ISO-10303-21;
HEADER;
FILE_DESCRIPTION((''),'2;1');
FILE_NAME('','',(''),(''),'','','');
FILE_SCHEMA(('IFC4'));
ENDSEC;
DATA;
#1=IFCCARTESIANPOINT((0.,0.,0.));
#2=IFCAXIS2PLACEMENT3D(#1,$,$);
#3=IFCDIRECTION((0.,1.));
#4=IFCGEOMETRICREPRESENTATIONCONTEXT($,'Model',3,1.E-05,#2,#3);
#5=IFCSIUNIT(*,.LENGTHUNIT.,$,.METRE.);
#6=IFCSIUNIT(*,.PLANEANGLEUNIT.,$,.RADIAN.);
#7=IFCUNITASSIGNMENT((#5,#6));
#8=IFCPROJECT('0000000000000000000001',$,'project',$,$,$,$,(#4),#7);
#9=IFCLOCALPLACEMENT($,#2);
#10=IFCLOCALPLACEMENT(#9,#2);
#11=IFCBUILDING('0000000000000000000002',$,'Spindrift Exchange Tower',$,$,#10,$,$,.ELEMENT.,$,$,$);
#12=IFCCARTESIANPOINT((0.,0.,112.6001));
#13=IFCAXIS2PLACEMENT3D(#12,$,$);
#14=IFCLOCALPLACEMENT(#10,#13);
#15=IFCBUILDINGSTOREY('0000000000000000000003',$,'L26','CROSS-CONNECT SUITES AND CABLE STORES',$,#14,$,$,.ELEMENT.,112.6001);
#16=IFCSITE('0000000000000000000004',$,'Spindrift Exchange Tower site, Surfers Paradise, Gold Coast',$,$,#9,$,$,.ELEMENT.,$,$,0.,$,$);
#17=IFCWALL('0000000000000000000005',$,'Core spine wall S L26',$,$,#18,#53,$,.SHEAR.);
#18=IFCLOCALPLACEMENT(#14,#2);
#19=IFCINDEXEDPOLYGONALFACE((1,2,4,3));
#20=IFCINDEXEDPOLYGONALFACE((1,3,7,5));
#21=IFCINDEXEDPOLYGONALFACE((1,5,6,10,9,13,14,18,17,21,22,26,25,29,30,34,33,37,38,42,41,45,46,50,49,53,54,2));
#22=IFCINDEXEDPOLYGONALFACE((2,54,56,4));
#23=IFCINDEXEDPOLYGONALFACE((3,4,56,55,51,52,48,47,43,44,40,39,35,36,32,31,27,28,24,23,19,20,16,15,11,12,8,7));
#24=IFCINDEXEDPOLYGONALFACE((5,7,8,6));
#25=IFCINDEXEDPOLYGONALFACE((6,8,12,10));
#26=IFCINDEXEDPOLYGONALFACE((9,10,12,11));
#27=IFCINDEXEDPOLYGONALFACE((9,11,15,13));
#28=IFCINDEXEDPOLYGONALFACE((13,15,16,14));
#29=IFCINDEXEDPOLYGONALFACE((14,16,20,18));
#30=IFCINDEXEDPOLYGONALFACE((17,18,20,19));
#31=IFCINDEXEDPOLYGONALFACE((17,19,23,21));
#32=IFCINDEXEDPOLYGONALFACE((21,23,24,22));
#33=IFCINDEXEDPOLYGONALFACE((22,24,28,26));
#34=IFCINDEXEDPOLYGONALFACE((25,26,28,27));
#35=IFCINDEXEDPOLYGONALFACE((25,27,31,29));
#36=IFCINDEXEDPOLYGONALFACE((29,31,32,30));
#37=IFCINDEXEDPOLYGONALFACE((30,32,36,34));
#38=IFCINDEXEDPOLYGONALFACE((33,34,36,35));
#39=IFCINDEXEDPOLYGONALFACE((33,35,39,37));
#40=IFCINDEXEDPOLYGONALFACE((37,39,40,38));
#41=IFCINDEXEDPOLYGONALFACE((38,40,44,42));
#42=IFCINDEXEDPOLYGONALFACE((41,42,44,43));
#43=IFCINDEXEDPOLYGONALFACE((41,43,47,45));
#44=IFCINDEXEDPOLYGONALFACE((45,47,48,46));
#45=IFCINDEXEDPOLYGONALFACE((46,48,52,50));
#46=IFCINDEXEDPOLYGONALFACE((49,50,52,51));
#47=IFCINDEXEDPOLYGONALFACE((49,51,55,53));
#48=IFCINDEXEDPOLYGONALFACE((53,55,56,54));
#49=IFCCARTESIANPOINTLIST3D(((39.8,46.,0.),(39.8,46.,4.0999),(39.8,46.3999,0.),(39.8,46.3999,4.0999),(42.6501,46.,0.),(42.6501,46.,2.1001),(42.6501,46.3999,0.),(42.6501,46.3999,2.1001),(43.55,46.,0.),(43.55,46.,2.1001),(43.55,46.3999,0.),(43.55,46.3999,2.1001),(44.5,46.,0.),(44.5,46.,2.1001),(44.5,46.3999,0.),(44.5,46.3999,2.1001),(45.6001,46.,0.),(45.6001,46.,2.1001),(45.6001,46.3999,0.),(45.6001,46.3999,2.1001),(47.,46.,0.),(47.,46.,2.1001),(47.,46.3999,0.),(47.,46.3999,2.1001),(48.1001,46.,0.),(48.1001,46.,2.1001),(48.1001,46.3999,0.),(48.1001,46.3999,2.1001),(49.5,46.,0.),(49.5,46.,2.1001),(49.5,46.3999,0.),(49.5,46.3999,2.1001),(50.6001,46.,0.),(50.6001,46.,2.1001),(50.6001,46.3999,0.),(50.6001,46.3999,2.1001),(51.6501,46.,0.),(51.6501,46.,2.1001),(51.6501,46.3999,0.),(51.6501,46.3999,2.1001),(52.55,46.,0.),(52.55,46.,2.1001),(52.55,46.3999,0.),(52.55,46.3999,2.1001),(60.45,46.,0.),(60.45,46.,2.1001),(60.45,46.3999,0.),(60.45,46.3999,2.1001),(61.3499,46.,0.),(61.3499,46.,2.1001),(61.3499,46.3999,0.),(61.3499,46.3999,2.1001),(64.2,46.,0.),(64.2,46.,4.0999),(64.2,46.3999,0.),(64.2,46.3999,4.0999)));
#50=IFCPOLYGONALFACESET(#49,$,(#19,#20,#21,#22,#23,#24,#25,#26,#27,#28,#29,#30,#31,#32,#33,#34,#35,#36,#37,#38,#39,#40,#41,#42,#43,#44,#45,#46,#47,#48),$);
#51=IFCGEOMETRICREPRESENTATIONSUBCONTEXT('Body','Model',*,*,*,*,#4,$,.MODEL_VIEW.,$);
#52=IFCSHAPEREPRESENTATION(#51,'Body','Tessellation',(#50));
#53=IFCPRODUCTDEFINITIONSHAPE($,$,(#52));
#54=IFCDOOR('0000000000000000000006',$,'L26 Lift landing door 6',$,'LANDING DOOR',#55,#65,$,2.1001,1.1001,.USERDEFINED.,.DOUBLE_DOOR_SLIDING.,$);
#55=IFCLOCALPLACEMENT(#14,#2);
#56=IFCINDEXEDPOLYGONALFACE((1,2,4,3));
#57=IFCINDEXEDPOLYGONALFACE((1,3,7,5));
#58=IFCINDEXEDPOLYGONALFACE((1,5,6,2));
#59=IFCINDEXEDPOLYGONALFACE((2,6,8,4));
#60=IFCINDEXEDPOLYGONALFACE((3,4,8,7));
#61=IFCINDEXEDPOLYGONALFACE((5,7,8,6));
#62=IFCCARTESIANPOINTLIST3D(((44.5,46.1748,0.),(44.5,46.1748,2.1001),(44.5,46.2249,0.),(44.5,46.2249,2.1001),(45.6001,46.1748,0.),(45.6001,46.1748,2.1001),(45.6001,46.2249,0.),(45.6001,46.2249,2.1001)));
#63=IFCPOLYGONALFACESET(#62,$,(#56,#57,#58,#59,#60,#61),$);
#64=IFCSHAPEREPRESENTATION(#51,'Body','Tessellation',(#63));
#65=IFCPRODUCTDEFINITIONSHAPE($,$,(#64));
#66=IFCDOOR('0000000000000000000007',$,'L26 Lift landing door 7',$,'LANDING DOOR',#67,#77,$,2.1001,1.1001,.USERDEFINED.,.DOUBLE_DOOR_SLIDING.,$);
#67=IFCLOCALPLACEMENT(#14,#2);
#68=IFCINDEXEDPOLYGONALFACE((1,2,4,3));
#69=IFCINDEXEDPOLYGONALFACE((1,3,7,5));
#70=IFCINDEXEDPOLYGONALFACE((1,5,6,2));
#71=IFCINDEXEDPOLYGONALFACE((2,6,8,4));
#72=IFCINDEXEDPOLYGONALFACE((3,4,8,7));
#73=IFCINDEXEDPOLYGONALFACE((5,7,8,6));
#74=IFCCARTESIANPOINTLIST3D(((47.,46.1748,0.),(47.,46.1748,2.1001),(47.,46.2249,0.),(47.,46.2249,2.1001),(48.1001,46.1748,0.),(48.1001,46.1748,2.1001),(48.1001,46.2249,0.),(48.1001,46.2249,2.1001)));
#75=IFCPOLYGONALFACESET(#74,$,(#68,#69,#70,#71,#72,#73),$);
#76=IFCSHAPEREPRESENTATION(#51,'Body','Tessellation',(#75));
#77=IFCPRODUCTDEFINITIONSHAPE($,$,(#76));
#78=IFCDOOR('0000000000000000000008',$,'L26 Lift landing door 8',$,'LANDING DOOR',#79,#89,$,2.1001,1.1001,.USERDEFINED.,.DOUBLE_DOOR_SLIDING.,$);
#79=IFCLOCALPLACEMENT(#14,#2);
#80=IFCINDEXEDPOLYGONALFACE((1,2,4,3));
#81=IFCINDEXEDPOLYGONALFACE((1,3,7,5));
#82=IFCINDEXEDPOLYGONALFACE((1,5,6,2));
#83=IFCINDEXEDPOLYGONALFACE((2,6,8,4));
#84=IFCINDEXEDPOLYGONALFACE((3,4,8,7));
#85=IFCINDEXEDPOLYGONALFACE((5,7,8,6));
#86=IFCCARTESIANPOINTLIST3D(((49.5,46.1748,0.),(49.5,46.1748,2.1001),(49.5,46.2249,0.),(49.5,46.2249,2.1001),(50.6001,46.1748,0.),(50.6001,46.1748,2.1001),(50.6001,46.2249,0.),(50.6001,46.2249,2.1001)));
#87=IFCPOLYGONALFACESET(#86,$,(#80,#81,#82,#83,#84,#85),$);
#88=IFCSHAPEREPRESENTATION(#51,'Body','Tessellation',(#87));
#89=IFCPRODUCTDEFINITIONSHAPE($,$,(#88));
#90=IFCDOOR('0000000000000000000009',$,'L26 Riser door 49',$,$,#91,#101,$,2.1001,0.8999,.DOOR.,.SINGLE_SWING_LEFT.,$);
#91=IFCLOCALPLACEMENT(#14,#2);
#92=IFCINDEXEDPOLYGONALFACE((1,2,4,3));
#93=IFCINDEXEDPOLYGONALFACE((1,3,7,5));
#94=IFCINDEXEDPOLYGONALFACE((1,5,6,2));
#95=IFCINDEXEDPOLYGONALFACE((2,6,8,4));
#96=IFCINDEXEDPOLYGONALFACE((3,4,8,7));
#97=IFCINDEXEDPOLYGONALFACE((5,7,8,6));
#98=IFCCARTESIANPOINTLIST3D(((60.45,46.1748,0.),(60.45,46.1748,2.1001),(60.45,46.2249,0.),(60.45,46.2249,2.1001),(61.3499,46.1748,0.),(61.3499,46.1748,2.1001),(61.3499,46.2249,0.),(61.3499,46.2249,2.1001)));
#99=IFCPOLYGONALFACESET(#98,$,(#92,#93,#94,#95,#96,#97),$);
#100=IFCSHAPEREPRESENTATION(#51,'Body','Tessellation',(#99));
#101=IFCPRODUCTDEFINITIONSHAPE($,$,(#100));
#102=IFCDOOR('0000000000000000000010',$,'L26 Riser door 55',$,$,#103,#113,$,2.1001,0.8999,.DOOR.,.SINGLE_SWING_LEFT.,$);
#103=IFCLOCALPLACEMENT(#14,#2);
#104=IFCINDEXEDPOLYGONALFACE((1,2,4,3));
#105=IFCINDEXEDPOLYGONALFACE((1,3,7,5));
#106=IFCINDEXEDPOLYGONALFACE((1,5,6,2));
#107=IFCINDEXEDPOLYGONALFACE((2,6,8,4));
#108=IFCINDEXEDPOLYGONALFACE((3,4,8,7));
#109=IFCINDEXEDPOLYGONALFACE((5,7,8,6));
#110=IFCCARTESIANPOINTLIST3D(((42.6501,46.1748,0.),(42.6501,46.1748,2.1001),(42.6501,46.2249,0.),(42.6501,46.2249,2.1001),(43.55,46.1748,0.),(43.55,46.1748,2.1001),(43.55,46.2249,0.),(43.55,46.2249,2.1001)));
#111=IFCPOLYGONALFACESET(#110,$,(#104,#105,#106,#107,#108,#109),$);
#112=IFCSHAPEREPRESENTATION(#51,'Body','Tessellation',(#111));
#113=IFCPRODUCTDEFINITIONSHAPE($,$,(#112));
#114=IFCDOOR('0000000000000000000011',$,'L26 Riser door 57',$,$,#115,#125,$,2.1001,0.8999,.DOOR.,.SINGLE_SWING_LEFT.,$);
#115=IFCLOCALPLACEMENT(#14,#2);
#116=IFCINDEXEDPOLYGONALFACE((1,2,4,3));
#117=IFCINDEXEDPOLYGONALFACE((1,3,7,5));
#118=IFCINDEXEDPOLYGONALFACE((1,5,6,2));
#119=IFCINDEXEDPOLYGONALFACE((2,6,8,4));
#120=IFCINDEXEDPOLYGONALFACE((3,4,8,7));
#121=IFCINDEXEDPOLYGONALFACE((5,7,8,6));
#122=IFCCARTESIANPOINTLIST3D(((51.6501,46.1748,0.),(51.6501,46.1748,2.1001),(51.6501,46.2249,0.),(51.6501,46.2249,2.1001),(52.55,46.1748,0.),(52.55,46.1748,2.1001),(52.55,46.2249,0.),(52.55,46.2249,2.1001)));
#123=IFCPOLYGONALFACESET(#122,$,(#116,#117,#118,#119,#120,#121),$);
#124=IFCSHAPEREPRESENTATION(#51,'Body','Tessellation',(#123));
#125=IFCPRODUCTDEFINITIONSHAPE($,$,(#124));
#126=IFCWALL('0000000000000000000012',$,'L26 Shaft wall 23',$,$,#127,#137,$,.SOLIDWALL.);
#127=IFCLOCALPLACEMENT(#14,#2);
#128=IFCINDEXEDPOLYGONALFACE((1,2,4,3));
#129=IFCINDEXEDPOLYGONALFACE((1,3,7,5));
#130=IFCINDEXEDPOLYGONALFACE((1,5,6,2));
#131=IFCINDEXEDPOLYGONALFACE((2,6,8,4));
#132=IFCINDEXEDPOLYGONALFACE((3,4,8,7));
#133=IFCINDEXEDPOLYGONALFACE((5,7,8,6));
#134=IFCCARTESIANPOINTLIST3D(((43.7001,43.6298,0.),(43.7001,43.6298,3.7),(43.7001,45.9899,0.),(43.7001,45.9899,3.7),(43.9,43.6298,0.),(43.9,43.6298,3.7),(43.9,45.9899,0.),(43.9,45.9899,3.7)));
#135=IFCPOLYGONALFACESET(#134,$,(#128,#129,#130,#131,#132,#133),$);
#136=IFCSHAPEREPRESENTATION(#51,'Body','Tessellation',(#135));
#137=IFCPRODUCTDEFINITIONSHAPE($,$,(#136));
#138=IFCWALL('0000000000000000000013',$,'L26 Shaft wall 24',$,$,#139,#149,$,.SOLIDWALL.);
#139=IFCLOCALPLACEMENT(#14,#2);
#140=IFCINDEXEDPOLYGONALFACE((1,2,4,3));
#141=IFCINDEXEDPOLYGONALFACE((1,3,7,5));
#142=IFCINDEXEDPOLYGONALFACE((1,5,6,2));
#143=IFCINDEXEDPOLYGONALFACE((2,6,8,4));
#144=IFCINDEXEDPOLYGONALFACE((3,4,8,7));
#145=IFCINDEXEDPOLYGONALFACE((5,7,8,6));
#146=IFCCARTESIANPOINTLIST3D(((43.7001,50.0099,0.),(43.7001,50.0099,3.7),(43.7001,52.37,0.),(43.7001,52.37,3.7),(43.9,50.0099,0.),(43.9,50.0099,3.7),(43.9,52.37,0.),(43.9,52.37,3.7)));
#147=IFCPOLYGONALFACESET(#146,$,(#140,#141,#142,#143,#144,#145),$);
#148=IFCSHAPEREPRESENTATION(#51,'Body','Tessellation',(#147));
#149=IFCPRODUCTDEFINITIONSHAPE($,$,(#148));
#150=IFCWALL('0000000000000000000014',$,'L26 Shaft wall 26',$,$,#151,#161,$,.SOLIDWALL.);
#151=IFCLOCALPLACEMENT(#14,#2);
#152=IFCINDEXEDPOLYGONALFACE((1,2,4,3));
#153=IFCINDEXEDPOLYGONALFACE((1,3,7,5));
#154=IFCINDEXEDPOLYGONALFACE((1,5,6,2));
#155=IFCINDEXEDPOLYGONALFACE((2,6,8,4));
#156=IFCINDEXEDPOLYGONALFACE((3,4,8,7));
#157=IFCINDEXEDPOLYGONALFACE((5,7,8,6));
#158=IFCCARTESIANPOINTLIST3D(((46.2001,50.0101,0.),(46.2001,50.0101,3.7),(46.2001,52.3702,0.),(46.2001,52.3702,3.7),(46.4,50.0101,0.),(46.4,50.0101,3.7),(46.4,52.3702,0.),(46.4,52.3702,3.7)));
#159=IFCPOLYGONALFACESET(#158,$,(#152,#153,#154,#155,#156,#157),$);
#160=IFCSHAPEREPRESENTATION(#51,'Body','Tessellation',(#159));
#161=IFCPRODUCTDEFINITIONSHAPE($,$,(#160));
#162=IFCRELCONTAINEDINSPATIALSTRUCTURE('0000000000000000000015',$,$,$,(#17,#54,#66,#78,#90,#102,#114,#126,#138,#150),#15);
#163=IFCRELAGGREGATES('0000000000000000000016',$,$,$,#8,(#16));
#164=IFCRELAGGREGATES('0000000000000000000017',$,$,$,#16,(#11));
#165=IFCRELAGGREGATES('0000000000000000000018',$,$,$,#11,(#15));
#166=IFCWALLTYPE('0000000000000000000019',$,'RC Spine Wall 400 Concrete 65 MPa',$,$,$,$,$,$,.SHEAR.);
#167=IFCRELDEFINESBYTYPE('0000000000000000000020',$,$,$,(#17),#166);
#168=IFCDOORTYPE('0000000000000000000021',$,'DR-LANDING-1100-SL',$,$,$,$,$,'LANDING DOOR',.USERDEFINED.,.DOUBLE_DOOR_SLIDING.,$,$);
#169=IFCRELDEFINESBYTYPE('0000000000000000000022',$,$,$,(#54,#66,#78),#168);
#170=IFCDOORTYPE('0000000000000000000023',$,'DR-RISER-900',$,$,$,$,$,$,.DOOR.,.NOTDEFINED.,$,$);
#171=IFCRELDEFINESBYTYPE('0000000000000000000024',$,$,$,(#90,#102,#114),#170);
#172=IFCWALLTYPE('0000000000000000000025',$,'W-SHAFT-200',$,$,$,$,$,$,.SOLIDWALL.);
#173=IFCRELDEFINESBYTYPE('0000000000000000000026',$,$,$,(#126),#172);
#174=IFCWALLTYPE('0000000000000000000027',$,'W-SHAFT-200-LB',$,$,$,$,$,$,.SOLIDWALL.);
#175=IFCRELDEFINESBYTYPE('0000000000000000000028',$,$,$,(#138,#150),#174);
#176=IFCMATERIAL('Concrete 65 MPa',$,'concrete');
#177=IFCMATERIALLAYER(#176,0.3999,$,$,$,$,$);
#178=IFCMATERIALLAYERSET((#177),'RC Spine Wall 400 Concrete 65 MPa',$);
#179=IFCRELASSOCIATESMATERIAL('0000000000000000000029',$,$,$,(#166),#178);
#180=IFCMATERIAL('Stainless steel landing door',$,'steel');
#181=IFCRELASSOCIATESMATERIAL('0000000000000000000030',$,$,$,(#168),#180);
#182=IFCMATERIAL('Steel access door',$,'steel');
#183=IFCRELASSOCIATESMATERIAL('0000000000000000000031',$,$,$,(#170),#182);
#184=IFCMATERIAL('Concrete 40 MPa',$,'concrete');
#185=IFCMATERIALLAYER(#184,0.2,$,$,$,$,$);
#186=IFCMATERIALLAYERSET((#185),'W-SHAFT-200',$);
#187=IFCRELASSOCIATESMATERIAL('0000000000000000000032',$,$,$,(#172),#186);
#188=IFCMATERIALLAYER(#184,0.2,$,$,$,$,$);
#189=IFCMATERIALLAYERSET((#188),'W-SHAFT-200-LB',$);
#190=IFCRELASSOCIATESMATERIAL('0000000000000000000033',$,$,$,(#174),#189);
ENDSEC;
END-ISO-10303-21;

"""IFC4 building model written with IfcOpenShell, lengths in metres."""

from ifc_helpers import new_model, si_unit, direction, frame, frame_2d, origin, place, context, subcontext, project, spatial, rectangle, extrude, source, transform, mapped, material, layer, layer_set, type_object, element, fill, save


model = new_model("IFC4")

# Units and contexts
model_context = context("Model", 3, precision=1e-05, world=origin(), true_north=direction((0.0, 1.0)))
body_context = subcontext(model_context, "Body", "Model", "MODEL_VIEW")
ifc_project = project(units=[si_unit("LENGTHUNIT", "METRE"), si_unit("PLANEANGLEUNIT", "RADIAN")], contexts=[model_context])

# Site, building, storey
site_placement = place(None, origin())
site = spatial("IfcSite", under=ifc_project, at=site_placement, Name="Spindrift Exchange Tower site, Surfers Paradise, Gold Coast", CompositionType="ELEMENT", RefElevation=0.0)
building_placement = place(site_placement, origin())
building = spatial("IfcBuilding", under=site, at=building_placement, Name="Spindrift Exchange Tower", CompositionType="ELEMENT")
storey_placement = place(building_placement, frame((0.0, 0.0, 112.6001)))
storey = spatial("IfcBuildingStorey", under=building, at=storey_placement, Name="L26", Description="CROSS-CONNECT SUITES AND CABLE STORES", CompositionType="ELEMENT", Elevation=112.6001)

# Wall, openings, doors
ifc_material_1 = material(Name="Concrete 65 MPa", Category="concrete")
ifc_layer_1 = layer(ifc_material_1, 0.3999)
ifc_layer_set_1 = layer_set([ifc_layer_1], Name="RC Spine Wall 400 Concrete 65 MPa")
wall_type_1 = type_object("IfcWallType", Name="RC Spine Wall 400 Concrete 65 MPa", PredefinedType="SHEAR", material=ifc_layer_set_1)
ifc_material_2 = material(Name="Stainless steel landing door", Category="steel")
door_type_1 = type_object("IfcDoorType", Name="DR-LANDING-1100-SL", ElementType="LANDING DOOR", OperationType="DOUBLE_DOOR_SLIDING", PredefinedType="USERDEFINED", material=ifc_material_2)
shared_shape_1 = source(origin(), body_context, "Body", "SweptSolid", [
    extrude(rectangle(XDim=1.1001, YDim=2.1001, at=frame_2d((0.55, 1.05))), frame((0.0, 0.0249, 0.0), z_axis=(0.0, -1.0, 0.0), x_axis=(1.0, 0.0, 0.0)), (0.0, 0.0, 1.0), 0.05),
])
ifc_material_3 = material(Name="Steel access door", Category="steel")
door_type_2 = type_object("IfcDoorType", Name="DR-RISER-900", OperationType="NOTDEFINED", PredefinedType="DOOR", material=ifc_material_3)
shared_shape_2 = source(origin(), body_context, "Body", "SweptSolid", [
    extrude(rectangle(XDim=0.8999, YDim=2.1001, at=frame_2d((0.45, 1.05))), frame((0.0, 0.0249, 0.0), z_axis=(0.0, -1.0, 0.0), x_axis=(1.0, 0.0, 0.0)), (0.0, 0.0, 1.0), 0.05),
])
wall_1_placement = place(storey_placement, frame((39.8, 46.2, 0.0), z_axis=(0.0, 0.0, 1.0), x_axis=(1.0, 0.0, 0.0)))
wall_1 = element("IfcWall", 1, at=wall_1_placement, inside=storey, type_object=wall_type_1, Name="Core spine wall S L26", PredefinedType="SHEAR", context=body_context, shape_type="SweptSolid", body=[
    extrude(rectangle(XDim=24.3999, YDim=0.3999, at=frame_2d((12.2, 0.0))), origin(), (0.0, 0.0, 1.0), 4.0999),
])
opening_1_placement = place(wall_1_placement, frame((4.7, 0.0, 0.0)))
opening_1 = element("IfcOpeningElement", 2, at=opening_1_placement, cuts=wall_1, PredefinedType="OPENING", context=body_context, shape_type="SweptSolid", body=[
    extrude(rectangle(XDim=1.1001, YDim=2.1001, at=frame_2d((0.55, 1.05))), frame((0.0, 0.21, 0.0), z_axis=(0.0, -1.0, 0.0), x_axis=(1.0, 0.0, 0.0)), (0.0, 0.0, 1.0), 0.4199),
])
opening_2_placement = place(wall_1_placement, frame((7.2, 0.0, 0.0)))
opening_2 = element("IfcOpeningElement", 3, at=opening_2_placement, cuts=wall_1, PredefinedType="OPENING", context=body_context, shape_type="SweptSolid", body=[
    extrude(rectangle(XDim=1.1001, YDim=2.1001, at=frame_2d((0.55, 1.05))), frame((0.0, 0.21, 0.0), z_axis=(0.0, -1.0, 0.0), x_axis=(1.0, 0.0, 0.0)), (0.0, 0.0, 1.0), 0.4199),
])
opening_3_placement = place(wall_1_placement, frame((9.7, 0.0, 0.0)))
opening_3 = element("IfcOpeningElement", 4, at=opening_3_placement, cuts=wall_1, PredefinedType="OPENING", context=body_context, shape_type="SweptSolid", body=[
    extrude(rectangle(XDim=1.1001, YDim=2.1001, at=frame_2d((0.55, 1.05))), frame((0.0, 0.21, 0.0), z_axis=(0.0, -1.0, 0.0), x_axis=(1.0, 0.0, 0.0)), (0.0, 0.0, 1.0), 0.4199),
])
opening_4_placement = place(wall_1_placement, frame((20.6499, 0.0, 0.0)))
opening_4 = element("IfcOpeningElement", 5, at=opening_4_placement, cuts=wall_1, PredefinedType="OPENING", context=body_context, shape_type="SweptSolid", body=[
    extrude(rectangle(XDim=0.8999, YDim=2.1001, at=frame_2d((0.45, 1.05))), frame((0.0, 0.21, 0.0), z_axis=(0.0, -1.0, 0.0), x_axis=(1.0, 0.0, 0.0)), (0.0, 0.0, 1.0), 0.4199),
])
opening_5_placement = place(wall_1_placement, frame((2.8501, 0.0, 0.0)))
opening_5 = element("IfcOpeningElement", 6, at=opening_5_placement, cuts=wall_1, PredefinedType="OPENING", context=body_context, shape_type="SweptSolid", body=[
    extrude(rectangle(XDim=0.8999, YDim=2.1001, at=frame_2d((0.45, 1.05))), frame((0.0, 0.21, 0.0), z_axis=(0.0, -1.0, 0.0), x_axis=(1.0, 0.0, 0.0)), (0.0, 0.0, 1.0), 0.4199),
])
opening_6_placement = place(wall_1_placement, frame((11.8501, 0.0, 0.0)))
opening_6 = element("IfcOpeningElement", 7, at=opening_6_placement, cuts=wall_1, PredefinedType="OPENING", context=body_context, shape_type="SweptSolid", body=[
    extrude(rectangle(XDim=0.8999, YDim=2.1001, at=frame_2d((0.45, 1.05))), frame((0.0, 0.21, 0.0), z_axis=(0.0, -1.0, 0.0), x_axis=(1.0, 0.0, 0.0)), (0.0, 0.0, 1.0), 0.4199),
])
door_1_placement = place(opening_1_placement, origin())
door_1 = element("IfcDoor", 8, at=door_1_placement, inside=storey, type_object=door_type_1, Name="L26 Lift landing door 6", ObjectType="LANDING DOOR", OperationType="DOUBLE_DOOR_SLIDING", OverallHeight=2.1001, OverallWidth=1.1001, PredefinedType="USERDEFINED", context=body_context, shape_type="MappedRepresentation", body=[
    mapped(shared_shape_1, transform((0.0, 0.0, 0.0), scale=1.0)),
])
fill(opening_1, door_1)
door_2_placement = place(opening_2_placement, origin())
door_2 = element("IfcDoor", 9, at=door_2_placement, inside=storey, type_object=door_type_1, Name="L26 Lift landing door 7", ObjectType="LANDING DOOR", OperationType="DOUBLE_DOOR_SLIDING", OverallHeight=2.1001, OverallWidth=1.1001, PredefinedType="USERDEFINED", context=body_context, shape_type="MappedRepresentation", body=[
    mapped(shared_shape_1, transform((0.0, 0.0, 0.0), scale=1.0)),
])
fill(opening_2, door_2)
door_3_placement = place(opening_3_placement, origin())
door_3 = element("IfcDoor", 10, at=door_3_placement, inside=storey, type_object=door_type_1, Name="L26 Lift landing door 8", ObjectType="LANDING DOOR", OperationType="DOUBLE_DOOR_SLIDING", OverallHeight=2.1001, OverallWidth=1.1001, PredefinedType="USERDEFINED", context=body_context, shape_type="MappedRepresentation", body=[
    mapped(shared_shape_1, transform((0.0, 0.0, 0.0), scale=1.0)),
])
fill(opening_3, door_3)
door_4_placement = place(opening_4_placement, origin())
door_4 = element("IfcDoor", 11, at=door_4_placement, inside=storey, type_object=door_type_2, Name="L26 Riser door 49", OperationType="SINGLE_SWING_LEFT", OverallHeight=2.1001, OverallWidth=0.8999, PredefinedType="DOOR", context=body_context, shape_type="MappedRepresentation", body=[
    mapped(shared_shape_2, transform((0.0, 0.0, 0.0), scale=1.0)),
])
fill(opening_4, door_4)
door_5_placement = place(opening_5_placement, origin())
door_5 = element("IfcDoor", 12, at=door_5_placement, inside=storey, type_object=door_type_2, Name="L26 Riser door 55", OperationType="SINGLE_SWING_LEFT", OverallHeight=2.1001, OverallWidth=0.8999, PredefinedType="DOOR", context=body_context, shape_type="MappedRepresentation", body=[
    mapped(shared_shape_2, transform((0.0, 0.0, 0.0), scale=1.0)),
])
fill(opening_5, door_5)
door_6_placement = place(opening_6_placement, origin())
door_6 = element("IfcDoor", 13, at=door_6_placement, inside=storey, type_object=door_type_2, Name="L26 Riser door 57", OperationType="SINGLE_SWING_LEFT", OverallHeight=2.1001, OverallWidth=0.8999, PredefinedType="DOOR", context=body_context, shape_type="MappedRepresentation", body=[
    mapped(shared_shape_2, transform((0.0, 0.0, 0.0), scale=1.0)),
])
fill(opening_6, door_6)

# Walls
ifc_material_4 = material(Name="Concrete 40 MPa", Category="concrete")
ifc_layer_2 = layer(ifc_material_4, 0.2)
ifc_layer_set_2 = layer_set([ifc_layer_2], Name="W-SHAFT-200")
wall_type_2 = type_object("IfcWallType", Name="W-SHAFT-200", PredefinedType="SOLIDWALL", material=ifc_layer_set_2)
wall_2_placement = place(storey_placement, frame((43.8, 45.99, 0.0), z_axis=(0.0, 0.0, 1.0), x_axis=(0.0, -1.0, 0.0)))
element("IfcWall", 14, at=wall_2_placement, inside=storey, type_object=wall_type_2, Name="L26 Shaft wall 23", PredefinedType="SOLIDWALL", context=body_context, shape_type="SweptSolid", body=[
    extrude(rectangle(XDim=2.3601, YDim=0.2, at=frame_2d((1.1802, 0.0))), origin(), (0.0, 0.0, 1.0), 3.7),
])
ifc_layer_3 = layer(ifc_material_4, 0.2)
ifc_layer_set_3 = layer_set([ifc_layer_3], Name="W-SHAFT-200-LB")
wall_type_3 = type_object("IfcWallType", Name="W-SHAFT-200-LB", PredefinedType="SOLIDWALL", material=ifc_layer_set_3)
for number, where, z_axis, x_axis, name in (
    (15, (43.8, 52.3701, 0.0), (0.0, 0.0, 1.0), (0.0, -1.0, 0.0), "L26 Shaft wall 24"),
    (16, (46.3, 50.01, 0.0), (0.0, 0.0, 1.0), (0.0, 1.0, 0.0), "L26 Shaft wall 26"),
):
    element("IfcWall", number, at=place(storey_placement, frame(where, z_axis=z_axis, x_axis=x_axis)), inside=storey, type_object=wall_type_3, Name=name, PredefinedType="SOLIDWALL", context=body_context, shape_type="SweptSolid", body=[
        extrude(rectangle(XDim=2.3601, YDim=0.2, at=frame_2d((1.1802, 0.0))), origin(), (0.0, 0.0, 1.0), 3.7),
    ])

save(model, "model.ifc")
